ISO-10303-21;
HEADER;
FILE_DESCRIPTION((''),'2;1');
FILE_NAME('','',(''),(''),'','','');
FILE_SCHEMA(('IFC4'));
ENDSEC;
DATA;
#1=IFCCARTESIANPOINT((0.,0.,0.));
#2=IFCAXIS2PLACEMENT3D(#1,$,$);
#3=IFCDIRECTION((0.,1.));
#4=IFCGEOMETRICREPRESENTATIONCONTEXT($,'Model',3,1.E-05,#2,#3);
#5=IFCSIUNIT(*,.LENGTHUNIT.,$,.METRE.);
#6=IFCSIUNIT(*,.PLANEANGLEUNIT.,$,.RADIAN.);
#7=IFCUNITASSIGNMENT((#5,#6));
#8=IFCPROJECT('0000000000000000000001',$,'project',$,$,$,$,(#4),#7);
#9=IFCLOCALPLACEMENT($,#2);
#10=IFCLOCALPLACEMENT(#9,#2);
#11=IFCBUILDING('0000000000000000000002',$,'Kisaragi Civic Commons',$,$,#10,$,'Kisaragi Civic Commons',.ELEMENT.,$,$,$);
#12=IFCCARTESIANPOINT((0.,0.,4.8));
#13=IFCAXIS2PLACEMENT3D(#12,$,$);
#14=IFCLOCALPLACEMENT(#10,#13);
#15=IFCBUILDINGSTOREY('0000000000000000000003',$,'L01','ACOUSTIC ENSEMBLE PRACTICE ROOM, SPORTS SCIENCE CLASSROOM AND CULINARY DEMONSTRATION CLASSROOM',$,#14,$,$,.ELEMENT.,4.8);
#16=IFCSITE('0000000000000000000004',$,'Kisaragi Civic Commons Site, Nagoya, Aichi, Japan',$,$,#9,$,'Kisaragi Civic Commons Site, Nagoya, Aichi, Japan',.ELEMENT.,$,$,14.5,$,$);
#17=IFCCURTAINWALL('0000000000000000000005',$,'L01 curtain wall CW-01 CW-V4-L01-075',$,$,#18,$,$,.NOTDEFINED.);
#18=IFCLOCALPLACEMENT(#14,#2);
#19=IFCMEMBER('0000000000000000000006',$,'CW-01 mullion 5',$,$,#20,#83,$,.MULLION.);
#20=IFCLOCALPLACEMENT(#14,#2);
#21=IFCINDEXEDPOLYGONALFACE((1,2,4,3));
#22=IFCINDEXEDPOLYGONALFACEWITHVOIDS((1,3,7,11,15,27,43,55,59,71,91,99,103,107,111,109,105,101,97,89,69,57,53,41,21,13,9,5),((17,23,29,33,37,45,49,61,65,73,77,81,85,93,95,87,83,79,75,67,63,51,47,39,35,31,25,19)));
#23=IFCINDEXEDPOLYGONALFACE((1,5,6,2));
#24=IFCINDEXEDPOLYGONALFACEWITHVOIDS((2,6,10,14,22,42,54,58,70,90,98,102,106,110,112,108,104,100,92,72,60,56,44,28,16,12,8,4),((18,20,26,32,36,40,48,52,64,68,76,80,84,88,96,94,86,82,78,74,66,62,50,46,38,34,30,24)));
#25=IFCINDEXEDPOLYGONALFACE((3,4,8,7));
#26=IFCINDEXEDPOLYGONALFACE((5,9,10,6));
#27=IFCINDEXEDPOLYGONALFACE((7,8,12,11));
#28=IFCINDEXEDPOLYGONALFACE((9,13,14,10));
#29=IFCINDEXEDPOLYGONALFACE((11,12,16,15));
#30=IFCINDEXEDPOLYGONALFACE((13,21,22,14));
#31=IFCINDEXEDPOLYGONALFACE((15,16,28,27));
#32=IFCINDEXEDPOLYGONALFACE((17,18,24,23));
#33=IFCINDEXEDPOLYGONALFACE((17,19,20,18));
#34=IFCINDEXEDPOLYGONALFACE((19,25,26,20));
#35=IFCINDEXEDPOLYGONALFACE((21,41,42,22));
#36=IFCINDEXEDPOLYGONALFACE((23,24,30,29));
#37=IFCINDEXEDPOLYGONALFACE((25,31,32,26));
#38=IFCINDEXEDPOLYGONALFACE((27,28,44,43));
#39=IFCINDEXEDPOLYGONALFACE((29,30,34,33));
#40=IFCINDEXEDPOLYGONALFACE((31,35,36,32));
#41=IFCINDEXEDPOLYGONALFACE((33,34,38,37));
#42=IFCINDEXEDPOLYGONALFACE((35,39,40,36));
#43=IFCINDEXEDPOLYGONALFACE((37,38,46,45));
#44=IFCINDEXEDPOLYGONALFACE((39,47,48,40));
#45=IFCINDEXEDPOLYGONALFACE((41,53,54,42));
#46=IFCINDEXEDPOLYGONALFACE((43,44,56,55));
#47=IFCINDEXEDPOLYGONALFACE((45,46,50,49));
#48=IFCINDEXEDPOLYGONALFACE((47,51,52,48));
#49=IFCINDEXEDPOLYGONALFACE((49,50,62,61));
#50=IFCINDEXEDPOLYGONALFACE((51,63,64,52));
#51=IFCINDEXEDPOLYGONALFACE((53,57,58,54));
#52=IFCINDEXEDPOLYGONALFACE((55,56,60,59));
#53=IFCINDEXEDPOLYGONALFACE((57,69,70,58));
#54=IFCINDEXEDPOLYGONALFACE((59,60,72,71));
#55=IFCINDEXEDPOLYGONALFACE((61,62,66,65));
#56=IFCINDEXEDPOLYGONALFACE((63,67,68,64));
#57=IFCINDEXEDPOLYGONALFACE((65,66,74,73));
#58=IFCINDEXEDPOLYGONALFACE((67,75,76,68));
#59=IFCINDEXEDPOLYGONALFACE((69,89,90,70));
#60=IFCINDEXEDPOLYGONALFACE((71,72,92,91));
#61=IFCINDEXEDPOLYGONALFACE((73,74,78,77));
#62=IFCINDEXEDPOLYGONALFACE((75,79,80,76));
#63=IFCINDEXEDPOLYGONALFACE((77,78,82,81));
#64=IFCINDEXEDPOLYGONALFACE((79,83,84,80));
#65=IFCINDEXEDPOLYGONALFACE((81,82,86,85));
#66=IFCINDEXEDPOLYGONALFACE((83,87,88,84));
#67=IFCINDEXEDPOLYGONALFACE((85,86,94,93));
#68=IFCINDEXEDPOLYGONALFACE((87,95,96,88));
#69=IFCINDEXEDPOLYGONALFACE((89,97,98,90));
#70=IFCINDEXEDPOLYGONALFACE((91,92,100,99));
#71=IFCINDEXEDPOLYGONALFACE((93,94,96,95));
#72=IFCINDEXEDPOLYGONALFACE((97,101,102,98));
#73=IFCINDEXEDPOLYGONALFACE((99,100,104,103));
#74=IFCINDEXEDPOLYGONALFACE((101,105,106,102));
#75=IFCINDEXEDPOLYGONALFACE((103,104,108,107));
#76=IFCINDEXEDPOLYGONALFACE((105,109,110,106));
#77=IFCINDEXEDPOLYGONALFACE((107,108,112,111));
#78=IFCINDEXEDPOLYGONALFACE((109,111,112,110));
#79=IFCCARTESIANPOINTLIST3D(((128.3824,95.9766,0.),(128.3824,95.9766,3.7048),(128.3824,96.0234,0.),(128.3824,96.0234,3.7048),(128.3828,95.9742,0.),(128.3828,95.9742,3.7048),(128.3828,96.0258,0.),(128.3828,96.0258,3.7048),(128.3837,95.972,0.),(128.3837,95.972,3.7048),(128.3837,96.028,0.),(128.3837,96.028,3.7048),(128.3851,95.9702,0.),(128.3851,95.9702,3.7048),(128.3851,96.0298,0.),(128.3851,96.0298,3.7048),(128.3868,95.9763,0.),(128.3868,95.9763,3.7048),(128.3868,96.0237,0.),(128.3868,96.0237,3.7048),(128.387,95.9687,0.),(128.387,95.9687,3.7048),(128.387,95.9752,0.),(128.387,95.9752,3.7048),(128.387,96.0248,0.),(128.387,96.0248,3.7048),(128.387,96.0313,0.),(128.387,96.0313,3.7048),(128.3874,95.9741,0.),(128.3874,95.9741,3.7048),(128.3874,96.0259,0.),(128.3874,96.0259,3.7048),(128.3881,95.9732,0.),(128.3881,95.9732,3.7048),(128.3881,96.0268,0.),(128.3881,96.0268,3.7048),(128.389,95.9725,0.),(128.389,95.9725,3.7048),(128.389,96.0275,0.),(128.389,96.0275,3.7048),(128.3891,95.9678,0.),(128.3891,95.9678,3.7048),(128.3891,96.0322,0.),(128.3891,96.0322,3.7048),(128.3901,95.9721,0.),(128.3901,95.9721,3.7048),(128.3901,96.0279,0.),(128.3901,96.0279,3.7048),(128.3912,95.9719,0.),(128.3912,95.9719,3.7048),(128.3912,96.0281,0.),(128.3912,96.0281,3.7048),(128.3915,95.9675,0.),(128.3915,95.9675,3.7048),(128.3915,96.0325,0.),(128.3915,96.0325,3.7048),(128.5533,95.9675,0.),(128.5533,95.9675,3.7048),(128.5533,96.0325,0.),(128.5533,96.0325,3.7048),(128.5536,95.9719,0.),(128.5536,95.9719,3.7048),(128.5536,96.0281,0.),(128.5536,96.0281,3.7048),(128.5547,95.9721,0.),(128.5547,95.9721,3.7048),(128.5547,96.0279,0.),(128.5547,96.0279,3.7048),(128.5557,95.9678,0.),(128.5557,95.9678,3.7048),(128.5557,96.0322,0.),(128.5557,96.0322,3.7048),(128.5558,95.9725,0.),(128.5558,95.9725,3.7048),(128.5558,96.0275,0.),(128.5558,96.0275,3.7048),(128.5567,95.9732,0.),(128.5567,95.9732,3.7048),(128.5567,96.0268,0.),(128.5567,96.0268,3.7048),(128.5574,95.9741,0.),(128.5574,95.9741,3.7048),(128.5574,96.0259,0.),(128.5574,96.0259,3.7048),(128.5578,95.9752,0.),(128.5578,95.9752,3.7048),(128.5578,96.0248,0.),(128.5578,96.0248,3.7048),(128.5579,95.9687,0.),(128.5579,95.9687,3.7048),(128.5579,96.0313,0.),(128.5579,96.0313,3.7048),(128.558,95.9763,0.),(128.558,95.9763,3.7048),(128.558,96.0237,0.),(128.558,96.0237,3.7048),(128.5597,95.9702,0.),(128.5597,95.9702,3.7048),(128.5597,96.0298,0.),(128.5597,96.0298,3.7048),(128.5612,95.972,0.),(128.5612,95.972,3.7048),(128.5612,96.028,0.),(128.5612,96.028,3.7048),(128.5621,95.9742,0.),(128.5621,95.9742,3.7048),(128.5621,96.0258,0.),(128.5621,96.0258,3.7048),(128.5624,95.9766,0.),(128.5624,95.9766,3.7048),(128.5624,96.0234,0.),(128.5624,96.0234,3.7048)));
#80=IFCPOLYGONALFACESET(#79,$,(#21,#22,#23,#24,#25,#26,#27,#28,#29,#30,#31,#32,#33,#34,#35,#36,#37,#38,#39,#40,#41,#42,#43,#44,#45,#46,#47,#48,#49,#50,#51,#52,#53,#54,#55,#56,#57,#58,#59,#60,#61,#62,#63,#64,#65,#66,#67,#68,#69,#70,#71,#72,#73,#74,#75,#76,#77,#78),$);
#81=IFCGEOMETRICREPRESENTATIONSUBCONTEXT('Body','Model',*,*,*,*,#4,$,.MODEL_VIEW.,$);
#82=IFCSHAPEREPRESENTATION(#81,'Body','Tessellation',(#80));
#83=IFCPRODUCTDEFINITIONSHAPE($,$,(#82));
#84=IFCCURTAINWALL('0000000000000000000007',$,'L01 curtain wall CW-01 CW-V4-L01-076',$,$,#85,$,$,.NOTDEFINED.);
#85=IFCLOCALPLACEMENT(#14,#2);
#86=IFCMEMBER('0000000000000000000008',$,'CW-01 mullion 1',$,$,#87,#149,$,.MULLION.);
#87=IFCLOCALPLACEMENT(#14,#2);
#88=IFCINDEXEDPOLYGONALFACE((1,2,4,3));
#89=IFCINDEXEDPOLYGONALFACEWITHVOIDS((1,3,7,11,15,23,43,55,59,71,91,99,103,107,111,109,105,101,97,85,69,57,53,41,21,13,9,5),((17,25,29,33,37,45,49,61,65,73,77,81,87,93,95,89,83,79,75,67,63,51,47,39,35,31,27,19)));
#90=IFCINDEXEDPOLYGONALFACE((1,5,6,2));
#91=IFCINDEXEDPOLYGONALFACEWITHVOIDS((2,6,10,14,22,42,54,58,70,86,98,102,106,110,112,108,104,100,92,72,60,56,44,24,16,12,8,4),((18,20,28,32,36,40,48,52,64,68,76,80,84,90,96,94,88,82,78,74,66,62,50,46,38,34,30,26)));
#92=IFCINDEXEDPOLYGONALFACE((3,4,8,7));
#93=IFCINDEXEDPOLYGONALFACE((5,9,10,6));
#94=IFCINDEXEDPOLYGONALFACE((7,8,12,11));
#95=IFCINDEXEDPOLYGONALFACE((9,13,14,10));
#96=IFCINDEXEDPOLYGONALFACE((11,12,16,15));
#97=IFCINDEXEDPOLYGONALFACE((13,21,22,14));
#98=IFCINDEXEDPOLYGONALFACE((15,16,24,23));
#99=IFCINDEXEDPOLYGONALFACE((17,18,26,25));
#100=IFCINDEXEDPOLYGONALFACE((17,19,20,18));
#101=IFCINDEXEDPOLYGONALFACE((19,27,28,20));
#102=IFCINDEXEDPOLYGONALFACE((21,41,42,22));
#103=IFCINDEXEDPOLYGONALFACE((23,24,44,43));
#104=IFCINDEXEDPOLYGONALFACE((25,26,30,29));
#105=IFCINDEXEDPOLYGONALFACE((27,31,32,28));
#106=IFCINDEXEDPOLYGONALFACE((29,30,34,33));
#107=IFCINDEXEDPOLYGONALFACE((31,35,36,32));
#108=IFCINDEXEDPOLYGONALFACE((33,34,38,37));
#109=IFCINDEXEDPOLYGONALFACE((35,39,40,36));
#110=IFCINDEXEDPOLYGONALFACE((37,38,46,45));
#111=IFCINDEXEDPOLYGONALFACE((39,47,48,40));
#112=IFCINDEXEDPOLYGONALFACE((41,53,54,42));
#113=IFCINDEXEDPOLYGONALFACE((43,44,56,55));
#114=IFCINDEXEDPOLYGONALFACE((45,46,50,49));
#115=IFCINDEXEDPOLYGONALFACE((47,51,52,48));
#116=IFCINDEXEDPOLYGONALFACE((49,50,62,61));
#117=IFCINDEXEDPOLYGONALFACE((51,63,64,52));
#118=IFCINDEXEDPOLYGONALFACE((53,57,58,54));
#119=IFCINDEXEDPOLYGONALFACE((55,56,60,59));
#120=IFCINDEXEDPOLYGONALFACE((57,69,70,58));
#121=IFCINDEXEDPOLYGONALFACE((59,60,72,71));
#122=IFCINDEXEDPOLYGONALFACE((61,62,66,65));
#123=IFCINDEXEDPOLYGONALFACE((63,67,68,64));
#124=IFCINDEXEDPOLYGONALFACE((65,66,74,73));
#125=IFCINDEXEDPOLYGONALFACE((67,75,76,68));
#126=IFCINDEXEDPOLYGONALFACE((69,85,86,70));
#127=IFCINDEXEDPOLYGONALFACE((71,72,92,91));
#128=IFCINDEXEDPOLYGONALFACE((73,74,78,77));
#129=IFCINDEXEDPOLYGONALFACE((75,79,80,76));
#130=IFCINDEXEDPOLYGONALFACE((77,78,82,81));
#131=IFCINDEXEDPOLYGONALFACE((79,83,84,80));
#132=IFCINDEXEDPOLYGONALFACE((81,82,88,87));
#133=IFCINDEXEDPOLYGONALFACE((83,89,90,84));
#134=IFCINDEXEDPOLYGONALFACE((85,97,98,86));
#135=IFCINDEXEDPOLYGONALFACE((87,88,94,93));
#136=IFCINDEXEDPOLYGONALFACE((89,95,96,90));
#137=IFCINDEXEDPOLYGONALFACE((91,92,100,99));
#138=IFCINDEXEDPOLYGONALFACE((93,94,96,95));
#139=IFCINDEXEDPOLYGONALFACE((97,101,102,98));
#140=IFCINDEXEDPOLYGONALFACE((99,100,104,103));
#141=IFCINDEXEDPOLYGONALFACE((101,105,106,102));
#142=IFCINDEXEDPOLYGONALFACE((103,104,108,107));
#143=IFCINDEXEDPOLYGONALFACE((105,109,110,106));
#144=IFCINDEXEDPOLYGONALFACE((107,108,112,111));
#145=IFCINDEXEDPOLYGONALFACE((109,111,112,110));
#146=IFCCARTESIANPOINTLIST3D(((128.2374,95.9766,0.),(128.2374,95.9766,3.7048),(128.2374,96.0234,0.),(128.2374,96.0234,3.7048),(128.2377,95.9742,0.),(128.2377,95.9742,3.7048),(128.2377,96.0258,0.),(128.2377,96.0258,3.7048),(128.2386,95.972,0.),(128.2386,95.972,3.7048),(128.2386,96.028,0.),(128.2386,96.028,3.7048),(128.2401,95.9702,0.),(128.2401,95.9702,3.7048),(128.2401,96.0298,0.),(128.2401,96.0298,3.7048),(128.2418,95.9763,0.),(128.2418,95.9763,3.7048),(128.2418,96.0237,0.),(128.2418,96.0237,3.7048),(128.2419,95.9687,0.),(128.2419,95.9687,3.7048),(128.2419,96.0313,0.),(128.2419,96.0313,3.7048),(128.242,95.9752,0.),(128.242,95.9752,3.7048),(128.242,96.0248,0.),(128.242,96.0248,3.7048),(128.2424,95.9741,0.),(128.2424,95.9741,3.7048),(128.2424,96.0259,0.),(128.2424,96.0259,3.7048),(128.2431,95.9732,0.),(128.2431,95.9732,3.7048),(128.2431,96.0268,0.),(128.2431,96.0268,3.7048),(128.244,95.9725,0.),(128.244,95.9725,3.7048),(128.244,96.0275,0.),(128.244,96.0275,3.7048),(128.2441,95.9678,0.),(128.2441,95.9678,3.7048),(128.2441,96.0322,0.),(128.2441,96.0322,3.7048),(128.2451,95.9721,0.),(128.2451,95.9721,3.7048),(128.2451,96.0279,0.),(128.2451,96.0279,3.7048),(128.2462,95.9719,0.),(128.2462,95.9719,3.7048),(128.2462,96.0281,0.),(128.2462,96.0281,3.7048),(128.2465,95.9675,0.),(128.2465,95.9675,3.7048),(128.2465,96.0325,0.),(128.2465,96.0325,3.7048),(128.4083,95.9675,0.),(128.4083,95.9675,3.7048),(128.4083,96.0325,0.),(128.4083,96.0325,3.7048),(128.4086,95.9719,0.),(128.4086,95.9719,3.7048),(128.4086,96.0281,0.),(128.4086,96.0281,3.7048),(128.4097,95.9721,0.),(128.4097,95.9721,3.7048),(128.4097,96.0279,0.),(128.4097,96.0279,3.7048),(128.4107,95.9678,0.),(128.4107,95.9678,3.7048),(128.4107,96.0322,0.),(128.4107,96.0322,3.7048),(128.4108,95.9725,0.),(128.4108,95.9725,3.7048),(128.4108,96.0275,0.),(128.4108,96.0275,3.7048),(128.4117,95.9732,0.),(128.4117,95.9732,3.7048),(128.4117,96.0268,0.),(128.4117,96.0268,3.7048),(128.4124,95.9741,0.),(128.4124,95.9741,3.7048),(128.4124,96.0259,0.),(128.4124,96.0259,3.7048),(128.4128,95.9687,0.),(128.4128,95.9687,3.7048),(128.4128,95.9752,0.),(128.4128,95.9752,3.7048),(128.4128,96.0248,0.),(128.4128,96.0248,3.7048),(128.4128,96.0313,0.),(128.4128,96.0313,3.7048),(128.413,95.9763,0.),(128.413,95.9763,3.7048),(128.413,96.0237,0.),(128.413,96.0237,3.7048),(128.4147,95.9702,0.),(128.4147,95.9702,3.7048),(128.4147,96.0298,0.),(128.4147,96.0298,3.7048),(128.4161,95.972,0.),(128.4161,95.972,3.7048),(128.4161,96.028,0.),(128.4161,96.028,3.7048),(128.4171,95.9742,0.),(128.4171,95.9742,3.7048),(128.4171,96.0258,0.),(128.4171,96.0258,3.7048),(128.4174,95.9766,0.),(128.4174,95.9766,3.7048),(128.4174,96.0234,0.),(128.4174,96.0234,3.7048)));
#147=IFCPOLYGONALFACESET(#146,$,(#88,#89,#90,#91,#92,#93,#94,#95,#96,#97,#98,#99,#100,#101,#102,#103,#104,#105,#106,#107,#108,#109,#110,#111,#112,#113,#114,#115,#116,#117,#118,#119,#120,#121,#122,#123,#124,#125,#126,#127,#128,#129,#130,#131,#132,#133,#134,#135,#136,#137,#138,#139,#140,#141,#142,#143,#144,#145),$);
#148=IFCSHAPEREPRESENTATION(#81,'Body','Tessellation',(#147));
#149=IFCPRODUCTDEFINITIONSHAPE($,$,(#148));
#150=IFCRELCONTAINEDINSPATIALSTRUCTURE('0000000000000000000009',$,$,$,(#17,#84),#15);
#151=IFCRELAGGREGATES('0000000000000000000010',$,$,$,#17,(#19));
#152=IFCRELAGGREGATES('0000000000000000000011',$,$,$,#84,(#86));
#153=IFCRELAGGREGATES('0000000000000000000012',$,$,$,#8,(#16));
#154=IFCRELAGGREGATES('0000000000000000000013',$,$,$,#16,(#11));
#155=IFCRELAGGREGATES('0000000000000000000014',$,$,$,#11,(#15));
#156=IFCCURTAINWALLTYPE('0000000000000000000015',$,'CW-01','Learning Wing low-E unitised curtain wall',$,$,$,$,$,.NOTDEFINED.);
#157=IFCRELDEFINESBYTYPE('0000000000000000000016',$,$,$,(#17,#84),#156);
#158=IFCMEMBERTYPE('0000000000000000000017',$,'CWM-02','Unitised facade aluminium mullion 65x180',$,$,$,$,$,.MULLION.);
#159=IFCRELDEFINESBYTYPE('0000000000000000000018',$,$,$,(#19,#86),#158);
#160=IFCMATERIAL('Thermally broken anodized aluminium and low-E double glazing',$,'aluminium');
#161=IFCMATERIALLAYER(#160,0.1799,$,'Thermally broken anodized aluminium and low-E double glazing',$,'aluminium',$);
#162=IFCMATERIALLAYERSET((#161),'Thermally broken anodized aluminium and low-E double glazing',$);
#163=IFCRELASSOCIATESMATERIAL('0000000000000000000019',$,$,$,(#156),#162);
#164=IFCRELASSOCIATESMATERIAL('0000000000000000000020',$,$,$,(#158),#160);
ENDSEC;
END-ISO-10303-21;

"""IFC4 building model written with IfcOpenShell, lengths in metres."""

from ifc_helpers import new_model, si_unit, direction, frame, origin, origin_2d, place, context, subcontext, project, spatial, hollow_rectangle, extrude, material, layer, layer_set, material_profile, profile_set, type_object, element, aggregate, save


model = new_model("IFC4")

# Units and contexts
model_context = context("Model", 3, precision=1e-05, world=origin(), true_north=direction((0.0, 1.0)))
body_context = subcontext(model_context, "Body", "Model", "MODEL_VIEW")
ifc_project = project(units=[si_unit("LENGTHUNIT", "METRE"), si_unit("PLANEANGLEUNIT", "RADIAN")], contexts=[model_context])

# Site, building, storey
site_placement = place(None, origin())
site = spatial("IfcSite", under=ifc_project, at=site_placement, Name="Kisaragi Civic Commons Site, Nagoya, Aichi, Japan", LongName="Kisaragi Civic Commons Site, Nagoya, Aichi, Japan", CompositionType="ELEMENT", RefElevation=14.5)
building_placement = place(site_placement, origin())
building = spatial("IfcBuilding", under=site, at=building_placement, Name="Kisaragi Civic Commons", LongName="Kisaragi Civic Commons", CompositionType="ELEMENT")
storey_placement = place(building_placement, frame((0.0, 0.0, 4.8)))
storey = spatial("IfcBuildingStorey", under=building, at=storey_placement, Name="L01", Description="ACOUSTIC ENSEMBLE PRACTICE ROOM, SPORTS SCIENCE CLASSROOM AND CULINARY DEMONSTRATION CLASSROOM", CompositionType="ELEMENT", Elevation=4.8)

# Curtain wall, member
ifc_material_1 = material(Name="Thermally broken anodized aluminium and low-E double glazing", Category="aluminium")
ifc_layer_1 = layer(ifc_material_1, 0.1799, Name="Thermally broken anodized aluminium and low-E double glazing", Category="aluminium")
ifc_layer_set_1 = layer_set([ifc_layer_1], Name="Thermally broken anodized aluminium and low-E double glazing")
curtain_wall_type = type_object("IfcCurtainWallType", Name="CW-01", Description="Learning Wing low-E unitised curtain wall", PredefinedType="NOTDEFINED", material=ifc_layer_set_1)
curtain_wall_1_placement = place(storey_placement, origin())
curtain_wall_1 = element("IfcCurtainWall", 1, at=curtain_wall_1_placement, inside=storey, type_object=curtain_wall_type, Name="L01 curtain wall CW-01 CW-V4-L01-075", PredefinedType="NOTDEFINED")
ifc_material_profile_1 = material_profile(ifc_material_1, hollow_rectangle(XDim=0.0649, YDim=0.1799, WallThickness=0.0044, InnerFilletRadius=0.0044, OuterFilletRadius=0.009, at=origin_2d()), Name="CWM-65x180x4.5", Category="aluminium")
ifc_profile_set_1 = profile_set([ifc_material_profile_1], Name="Thermally broken anodized aluminium and low-E double glazing")
member_type_1 = type_object("IfcMemberType", Name="CWM-02", Description="Unitised facade aluminium mullion 65x180", PredefinedType="MULLION", material=ifc_profile_set_1)
member_1_placement = place(storey_placement, frame((128.4724, 96.0, 0.0), z_axis=(0.0, 0.0, 1.0), x_axis=(0.0, -1.0, 0.0)))
member_1 = element("IfcMember", 2, at=member_1_placement, type_object=member_type_1, Name="CW-01 mullion 5", PredefinedType="MULLION", context=body_context, shape_type="SweptSolid", body=[
    extrude(hollow_rectangle(XDim=0.0649, YDim=0.1799, WallThickness=0.0044, InnerFilletRadius=0.0044, OuterFilletRadius=0.009, at=origin_2d()), origin(), (0.0, 0.0, 1.0), 3.7048),
])

# Curtain wall, member
curtain_wall_2_placement = place(storey_placement, origin())
curtain_wall_2 = element("IfcCurtainWall", 3, at=curtain_wall_2_placement, inside=storey, type_object=curtain_wall_type, Name="L01 curtain wall CW-01 CW-V4-L01-076", PredefinedType="NOTDEFINED")
member_2_placement = place(storey_placement, frame((128.3274, 96.0, 0.0), z_axis=(0.0, 0.0, 1.0), x_axis=(0.0, -1.0, 0.0)))
member_2 = element("IfcMember", 4, at=member_2_placement, type_object=member_type_1, Name="CW-01 mullion 1", PredefinedType="MULLION", context=body_context, shape_type="SweptSolid", body=[
    extrude(hollow_rectangle(XDim=0.0649, YDim=0.1799, WallThickness=0.0044, InnerFilletRadius=0.0044, OuterFilletRadius=0.009, at=origin_2d()), origin(), (0.0, 0.0, 1.0), 3.7048),
])

aggregate(curtain_wall_1, [member_1])
aggregate(curtain_wall_2, [member_2])

save(model, "model.ifc")
